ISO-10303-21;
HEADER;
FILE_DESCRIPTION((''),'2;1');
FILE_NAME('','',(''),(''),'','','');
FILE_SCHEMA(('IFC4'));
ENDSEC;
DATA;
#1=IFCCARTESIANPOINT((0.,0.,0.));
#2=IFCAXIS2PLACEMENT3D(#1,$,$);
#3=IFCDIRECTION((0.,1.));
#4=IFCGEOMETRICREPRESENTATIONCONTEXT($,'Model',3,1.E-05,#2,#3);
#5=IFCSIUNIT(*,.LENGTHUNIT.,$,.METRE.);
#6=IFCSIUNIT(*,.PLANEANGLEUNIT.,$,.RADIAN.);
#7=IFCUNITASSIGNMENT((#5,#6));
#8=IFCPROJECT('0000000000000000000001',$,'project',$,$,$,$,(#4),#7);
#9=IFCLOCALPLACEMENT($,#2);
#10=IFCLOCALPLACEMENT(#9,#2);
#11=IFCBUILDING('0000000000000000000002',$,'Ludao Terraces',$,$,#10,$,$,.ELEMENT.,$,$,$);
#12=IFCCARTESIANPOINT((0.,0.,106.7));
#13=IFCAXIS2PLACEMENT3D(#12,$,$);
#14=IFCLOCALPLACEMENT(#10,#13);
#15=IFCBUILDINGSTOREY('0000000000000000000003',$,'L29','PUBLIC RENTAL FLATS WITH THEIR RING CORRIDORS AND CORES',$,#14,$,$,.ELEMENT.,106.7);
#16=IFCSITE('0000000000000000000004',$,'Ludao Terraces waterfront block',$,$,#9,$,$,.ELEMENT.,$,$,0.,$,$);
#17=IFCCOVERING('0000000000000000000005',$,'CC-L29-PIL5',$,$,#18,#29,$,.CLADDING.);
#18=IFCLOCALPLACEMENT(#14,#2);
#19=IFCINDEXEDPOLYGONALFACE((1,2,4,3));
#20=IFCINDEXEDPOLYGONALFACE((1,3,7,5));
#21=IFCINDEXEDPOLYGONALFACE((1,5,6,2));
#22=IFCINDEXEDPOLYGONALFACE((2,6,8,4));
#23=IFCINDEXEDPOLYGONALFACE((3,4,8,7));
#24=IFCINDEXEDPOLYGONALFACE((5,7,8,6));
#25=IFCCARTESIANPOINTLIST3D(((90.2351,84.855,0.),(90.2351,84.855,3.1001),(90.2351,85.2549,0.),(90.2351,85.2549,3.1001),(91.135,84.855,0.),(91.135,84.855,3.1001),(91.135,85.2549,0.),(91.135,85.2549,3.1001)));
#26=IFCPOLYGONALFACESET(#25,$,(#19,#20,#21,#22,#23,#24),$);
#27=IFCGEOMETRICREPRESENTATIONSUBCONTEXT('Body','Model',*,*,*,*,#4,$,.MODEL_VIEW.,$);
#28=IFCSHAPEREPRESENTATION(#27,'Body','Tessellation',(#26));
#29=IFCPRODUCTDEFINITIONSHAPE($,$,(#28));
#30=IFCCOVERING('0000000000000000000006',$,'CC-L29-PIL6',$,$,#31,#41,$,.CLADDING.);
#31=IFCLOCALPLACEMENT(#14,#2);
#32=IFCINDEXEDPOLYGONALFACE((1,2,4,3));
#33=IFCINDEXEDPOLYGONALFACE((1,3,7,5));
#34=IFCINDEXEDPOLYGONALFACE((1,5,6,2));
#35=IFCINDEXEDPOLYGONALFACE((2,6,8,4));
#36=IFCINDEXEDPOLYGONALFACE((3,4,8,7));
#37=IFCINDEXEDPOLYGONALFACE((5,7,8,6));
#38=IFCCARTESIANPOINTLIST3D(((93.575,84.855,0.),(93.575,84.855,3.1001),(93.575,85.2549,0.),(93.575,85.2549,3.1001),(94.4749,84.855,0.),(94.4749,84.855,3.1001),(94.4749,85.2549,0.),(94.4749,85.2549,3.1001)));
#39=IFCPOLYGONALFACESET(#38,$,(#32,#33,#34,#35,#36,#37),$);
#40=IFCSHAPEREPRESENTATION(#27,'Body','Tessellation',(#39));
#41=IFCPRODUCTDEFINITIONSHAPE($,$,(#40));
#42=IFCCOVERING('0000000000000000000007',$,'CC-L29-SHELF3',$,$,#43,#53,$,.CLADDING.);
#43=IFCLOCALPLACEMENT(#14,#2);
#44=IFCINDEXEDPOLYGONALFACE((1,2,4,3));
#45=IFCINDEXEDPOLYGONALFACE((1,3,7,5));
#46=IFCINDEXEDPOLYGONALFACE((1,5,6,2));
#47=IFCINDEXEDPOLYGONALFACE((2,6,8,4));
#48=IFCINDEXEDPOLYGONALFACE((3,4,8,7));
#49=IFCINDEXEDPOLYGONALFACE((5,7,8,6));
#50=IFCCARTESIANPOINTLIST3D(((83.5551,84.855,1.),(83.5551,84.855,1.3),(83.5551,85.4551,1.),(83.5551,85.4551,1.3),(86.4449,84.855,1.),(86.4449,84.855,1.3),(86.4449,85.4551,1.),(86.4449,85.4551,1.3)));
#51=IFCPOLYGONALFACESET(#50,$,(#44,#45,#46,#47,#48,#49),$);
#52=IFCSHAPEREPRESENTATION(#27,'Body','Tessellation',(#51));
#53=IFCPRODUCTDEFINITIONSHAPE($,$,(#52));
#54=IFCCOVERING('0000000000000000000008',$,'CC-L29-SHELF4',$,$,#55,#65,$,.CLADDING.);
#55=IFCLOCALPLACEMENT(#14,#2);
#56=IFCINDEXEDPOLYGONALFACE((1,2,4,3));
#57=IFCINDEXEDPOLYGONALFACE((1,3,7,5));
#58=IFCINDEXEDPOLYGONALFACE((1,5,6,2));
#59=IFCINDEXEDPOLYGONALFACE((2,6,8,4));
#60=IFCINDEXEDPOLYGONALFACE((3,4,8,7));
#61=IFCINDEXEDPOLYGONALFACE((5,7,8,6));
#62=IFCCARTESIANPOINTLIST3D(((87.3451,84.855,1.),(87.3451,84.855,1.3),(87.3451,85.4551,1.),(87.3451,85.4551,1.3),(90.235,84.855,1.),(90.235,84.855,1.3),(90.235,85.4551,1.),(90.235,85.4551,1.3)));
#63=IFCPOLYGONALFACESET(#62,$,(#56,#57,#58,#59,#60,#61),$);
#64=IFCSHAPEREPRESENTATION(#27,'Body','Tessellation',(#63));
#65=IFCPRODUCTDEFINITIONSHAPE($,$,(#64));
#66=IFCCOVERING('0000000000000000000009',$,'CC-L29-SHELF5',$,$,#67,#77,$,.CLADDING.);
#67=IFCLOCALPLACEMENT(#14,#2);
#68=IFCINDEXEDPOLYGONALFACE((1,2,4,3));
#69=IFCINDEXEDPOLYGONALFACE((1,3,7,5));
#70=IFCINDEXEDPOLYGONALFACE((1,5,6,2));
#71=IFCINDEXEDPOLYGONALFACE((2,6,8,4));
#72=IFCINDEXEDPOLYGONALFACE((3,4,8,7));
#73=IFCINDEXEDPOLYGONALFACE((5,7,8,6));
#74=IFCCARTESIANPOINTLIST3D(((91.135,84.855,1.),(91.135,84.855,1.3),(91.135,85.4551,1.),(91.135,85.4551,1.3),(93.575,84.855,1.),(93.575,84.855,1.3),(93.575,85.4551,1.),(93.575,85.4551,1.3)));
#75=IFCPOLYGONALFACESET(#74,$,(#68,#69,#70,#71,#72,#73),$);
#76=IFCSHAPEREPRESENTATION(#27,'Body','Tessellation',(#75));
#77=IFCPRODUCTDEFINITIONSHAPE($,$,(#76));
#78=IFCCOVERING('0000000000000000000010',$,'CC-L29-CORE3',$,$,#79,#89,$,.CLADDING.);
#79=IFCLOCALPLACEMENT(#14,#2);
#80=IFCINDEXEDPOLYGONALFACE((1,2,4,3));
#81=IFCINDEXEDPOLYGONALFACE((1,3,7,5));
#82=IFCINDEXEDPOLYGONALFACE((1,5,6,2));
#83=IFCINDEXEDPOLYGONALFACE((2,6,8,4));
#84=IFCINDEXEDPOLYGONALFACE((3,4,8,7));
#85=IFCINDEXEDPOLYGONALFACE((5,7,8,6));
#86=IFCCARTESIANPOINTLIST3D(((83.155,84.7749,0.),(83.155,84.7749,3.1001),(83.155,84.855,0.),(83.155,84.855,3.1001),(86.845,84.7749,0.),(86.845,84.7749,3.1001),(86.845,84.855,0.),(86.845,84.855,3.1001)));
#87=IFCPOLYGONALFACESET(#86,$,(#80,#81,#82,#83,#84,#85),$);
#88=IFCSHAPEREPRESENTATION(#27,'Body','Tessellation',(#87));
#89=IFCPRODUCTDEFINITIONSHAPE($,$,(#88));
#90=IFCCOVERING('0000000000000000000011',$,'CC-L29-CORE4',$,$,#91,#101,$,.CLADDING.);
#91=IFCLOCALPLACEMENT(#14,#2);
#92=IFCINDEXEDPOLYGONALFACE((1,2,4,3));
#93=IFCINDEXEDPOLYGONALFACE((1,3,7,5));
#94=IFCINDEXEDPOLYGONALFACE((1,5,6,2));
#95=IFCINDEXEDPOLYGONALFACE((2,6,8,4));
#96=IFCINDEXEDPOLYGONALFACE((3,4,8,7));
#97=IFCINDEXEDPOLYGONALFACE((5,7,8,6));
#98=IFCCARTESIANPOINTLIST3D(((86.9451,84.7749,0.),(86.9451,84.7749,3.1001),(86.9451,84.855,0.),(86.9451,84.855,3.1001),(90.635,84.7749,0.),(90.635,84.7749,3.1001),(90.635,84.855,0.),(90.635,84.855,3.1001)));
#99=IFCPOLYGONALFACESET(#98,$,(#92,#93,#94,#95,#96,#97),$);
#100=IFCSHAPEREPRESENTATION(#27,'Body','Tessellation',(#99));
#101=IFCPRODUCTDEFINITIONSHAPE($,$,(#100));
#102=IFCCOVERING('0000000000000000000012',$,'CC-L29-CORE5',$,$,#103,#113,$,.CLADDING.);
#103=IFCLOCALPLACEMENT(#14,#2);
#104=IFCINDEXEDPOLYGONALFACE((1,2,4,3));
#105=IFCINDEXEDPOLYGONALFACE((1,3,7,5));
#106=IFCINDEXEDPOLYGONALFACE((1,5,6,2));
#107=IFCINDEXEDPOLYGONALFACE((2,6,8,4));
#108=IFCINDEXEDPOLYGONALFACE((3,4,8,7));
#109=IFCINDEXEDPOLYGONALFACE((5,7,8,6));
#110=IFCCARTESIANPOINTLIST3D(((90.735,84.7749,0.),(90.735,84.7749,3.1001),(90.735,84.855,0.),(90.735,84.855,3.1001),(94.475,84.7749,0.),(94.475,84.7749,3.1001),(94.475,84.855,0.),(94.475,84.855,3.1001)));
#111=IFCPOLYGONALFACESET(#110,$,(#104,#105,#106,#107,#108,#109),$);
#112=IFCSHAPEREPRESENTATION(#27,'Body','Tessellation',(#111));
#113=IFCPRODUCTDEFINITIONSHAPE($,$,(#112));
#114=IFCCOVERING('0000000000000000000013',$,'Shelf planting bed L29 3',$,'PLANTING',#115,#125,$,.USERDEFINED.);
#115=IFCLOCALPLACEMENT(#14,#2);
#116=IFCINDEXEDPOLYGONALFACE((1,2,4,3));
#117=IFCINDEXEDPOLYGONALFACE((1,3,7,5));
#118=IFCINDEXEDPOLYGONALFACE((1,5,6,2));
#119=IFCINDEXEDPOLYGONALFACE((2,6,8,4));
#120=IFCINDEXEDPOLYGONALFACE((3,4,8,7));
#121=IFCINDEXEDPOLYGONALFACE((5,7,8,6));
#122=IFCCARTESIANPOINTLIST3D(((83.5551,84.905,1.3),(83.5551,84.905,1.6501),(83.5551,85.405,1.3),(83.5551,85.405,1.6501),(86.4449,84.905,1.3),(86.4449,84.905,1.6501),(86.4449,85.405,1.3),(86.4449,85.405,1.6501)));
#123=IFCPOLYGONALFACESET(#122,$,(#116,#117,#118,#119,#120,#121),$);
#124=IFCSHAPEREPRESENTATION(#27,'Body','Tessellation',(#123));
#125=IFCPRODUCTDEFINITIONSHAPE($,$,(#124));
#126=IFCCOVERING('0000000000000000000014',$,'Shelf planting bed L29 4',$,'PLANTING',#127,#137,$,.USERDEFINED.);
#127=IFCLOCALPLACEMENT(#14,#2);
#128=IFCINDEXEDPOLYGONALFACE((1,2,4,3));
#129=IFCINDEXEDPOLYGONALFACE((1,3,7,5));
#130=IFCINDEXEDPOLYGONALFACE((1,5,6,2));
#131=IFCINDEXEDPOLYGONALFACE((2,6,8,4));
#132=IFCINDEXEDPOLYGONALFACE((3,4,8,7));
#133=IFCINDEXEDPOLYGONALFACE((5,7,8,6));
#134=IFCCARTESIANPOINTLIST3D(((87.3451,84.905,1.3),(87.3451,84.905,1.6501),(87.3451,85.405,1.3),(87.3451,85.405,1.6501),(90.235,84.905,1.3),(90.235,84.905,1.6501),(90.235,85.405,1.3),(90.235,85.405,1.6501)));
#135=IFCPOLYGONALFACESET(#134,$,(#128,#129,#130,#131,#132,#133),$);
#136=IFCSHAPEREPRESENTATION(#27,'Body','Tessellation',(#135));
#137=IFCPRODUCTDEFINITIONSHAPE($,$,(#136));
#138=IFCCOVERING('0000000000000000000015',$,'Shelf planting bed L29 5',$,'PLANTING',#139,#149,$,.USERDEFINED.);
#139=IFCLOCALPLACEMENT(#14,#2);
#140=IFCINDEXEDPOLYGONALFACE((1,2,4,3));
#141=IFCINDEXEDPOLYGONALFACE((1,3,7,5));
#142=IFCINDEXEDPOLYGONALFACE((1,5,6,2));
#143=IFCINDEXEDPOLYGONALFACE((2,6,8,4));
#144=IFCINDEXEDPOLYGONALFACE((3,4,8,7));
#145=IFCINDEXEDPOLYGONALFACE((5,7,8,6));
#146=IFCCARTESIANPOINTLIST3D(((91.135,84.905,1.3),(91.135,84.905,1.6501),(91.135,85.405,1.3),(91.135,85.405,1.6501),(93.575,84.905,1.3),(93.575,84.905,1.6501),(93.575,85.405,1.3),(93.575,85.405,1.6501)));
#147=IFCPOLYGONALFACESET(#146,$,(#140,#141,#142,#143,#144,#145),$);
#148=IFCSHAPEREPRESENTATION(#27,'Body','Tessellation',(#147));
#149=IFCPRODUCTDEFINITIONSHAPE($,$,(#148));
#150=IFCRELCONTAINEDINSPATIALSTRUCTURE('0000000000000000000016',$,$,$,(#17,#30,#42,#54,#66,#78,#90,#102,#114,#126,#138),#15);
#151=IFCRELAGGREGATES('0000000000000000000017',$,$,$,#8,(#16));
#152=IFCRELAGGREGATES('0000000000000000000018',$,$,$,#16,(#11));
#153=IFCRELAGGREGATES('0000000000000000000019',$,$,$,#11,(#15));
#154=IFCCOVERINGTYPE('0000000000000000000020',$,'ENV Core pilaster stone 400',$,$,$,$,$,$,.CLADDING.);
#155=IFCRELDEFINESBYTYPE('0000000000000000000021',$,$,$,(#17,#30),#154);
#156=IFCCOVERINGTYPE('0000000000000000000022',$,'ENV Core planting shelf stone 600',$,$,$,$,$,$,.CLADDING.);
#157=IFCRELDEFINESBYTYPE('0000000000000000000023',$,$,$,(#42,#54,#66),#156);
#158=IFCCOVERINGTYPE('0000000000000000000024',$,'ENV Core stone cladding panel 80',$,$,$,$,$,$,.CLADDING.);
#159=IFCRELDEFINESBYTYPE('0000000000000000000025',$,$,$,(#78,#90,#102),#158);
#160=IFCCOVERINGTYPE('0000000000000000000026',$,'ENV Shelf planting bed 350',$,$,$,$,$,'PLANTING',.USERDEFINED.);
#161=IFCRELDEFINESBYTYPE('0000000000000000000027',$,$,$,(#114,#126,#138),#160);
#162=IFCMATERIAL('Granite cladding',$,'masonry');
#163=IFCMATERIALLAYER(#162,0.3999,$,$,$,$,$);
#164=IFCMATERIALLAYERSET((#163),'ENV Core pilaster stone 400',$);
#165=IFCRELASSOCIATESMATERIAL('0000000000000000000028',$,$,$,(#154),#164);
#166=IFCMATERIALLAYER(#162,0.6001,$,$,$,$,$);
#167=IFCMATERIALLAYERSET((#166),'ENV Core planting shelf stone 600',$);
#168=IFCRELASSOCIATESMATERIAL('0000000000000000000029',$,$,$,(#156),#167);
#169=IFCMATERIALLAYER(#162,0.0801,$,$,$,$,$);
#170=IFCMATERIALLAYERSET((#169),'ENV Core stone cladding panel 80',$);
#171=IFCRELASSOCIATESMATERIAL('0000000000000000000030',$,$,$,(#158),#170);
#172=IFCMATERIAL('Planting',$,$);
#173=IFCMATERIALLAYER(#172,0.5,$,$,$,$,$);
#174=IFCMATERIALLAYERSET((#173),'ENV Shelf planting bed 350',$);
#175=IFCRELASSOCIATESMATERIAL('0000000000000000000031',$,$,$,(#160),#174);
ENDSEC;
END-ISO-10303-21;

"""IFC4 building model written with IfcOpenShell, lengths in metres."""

from ifc_helpers import new_model, si_unit, direction, frame, origin, origin_2d, place, context, subcontext, project, spatial, rectangle, extrude, material, layer, layer_set, type_object, element, save


model = new_model("IFC4")

# Units and contexts
model_context = context("Model", 3, precision=1e-05, world=origin(), true_north=direction((0.0, 1.0)))
body_context = subcontext(model_context, "Body", "Model", "MODEL_VIEW")
ifc_project = project(units=[si_unit("LENGTHUNIT", "METRE"), si_unit("PLANEANGLEUNIT", "RADIAN")], contexts=[model_context])

# Site, building, storey
site_placement = place(None, origin())
site = spatial("IfcSite", under=ifc_project, at=site_placement, Name="Ludao Terraces waterfront block", CompositionType="ELEMENT", RefElevation=0.0)
building_placement = place(site_placement, origin())
building = spatial("IfcBuilding", under=site, at=building_placement, Name="Ludao Terraces", CompositionType="ELEMENT")
storey_placement = place(building_placement, frame((0.0, 0.0, 106.7)))
storey = spatial("IfcBuildingStorey", under=building, at=storey_placement, Name="L29", Description="PUBLIC RENTAL FLATS WITH THEIR RING CORRIDORS AND CORES", CompositionType="ELEMENT", Elevation=106.7)

# Coverings
ifc_material_1 = material(Name="Granite cladding", Category="masonry")
ifc_layer_1 = layer(ifc_material_1, 0.3999)
ifc_layer_set_1 = layer_set([ifc_layer_1], Name="ENV Core pilaster stone 400")
covering_type_1 = type_object("IfcCoveringType", Name="ENV Core pilaster stone 400", PredefinedType="CLADDING", material=ifc_layer_set_1)
for number, where, z_axis, x_axis, name in (
    (1, (90.6851, 85.0549, 0.0), (0.0, 0.0, 1.0), (1.0, 0.0, 0.0), "CC-L29-PIL5"),
    (2, (94.0249, 85.0549, 0.0), (0.0, 0.0, 1.0), (1.0, 0.0, 0.0), "CC-L29-PIL6"),
):
    element("IfcCovering", number, at=place(storey_placement, frame(where, z_axis=z_axis, x_axis=x_axis)), inside=storey, type_object=covering_type_1, Name=name, PredefinedType="CLADDING", context=body_context, shape_type="SweptSolid", body=[
        extrude(rectangle(XDim=0.8999, YDim=0.3999, at=origin_2d()), origin(), (0.0, 0.0, 1.0), 3.1001),
    ])
ifc_layer_2 = layer(ifc_material_1, 0.6001)
ifc_layer_set_2 = layer_set([ifc_layer_2], Name="ENV Core planting shelf stone 600")
covering_type_2 = type_object("IfcCoveringType", Name="ENV Core planting shelf stone 600", PredefinedType="CLADDING", material=ifc_layer_set_2)
for number, where, z_axis, x_axis, name in (
    (3, (85.0, 85.155, 1.0), (0.0, 0.0, 1.0), (1.0, 0.0, 0.0), "CC-L29-SHELF3"),
    (4, (88.79, 85.155, 1.0), (0.0, 0.0, 1.0), (1.0, 0.0, 0.0), "CC-L29-SHELF4"),
):
    element("IfcCovering", number, at=place(storey_placement, frame(where, z_axis=z_axis, x_axis=x_axis)), inside=storey, type_object=covering_type_2, Name=name, PredefinedType="CLADDING", context=body_context, shape_type="SweptSolid", body=[
        extrude(rectangle(XDim=2.8899, YDim=0.6001, at=origin_2d()), origin(), (0.0, 0.0, 1.0), 0.3),
    ])
covering_1_placement = place(storey_placement, frame((92.355, 85.155, 1.0), z_axis=(0.0, 0.0, 1.0), x_axis=(1.0, 0.0, 0.0)))
element("IfcCovering", 5, at=covering_1_placement, inside=storey, type_object=covering_type_2, Name="CC-L29-SHELF5", PredefinedType="CLADDING", context=body_context, shape_type="SweptSolid", body=[
    extrude(rectangle(XDim=2.4399, YDim=0.6001, at=origin_2d()), origin(), (0.0, 0.0, 1.0), 0.3),
])
ifc_layer_3 = layer(ifc_material_1, 0.0801)
ifc_layer_set_3 = layer_set([ifc_layer_3], Name="ENV Core stone cladding panel 80")
covering_type_3 = type_object("IfcCoveringType", Name="ENV Core stone cladding panel 80", PredefinedType="CLADDING", material=ifc_layer_set_3)
for number, where, z_axis, x_axis, name in (
    (6, (85.0, 84.8149, 0.0), (0.0, 0.0, 1.0), (1.0, 0.0, 0.0), "CC-L29-CORE3"),
    (7, (88.79, 84.8149, 0.0), (0.0, 0.0, 1.0), (1.0, 0.0, 0.0), "CC-L29-CORE4"),
):
    element("IfcCovering", number, at=place(storey_placement, frame(where, z_axis=z_axis, x_axis=x_axis)), inside=storey, type_object=covering_type_3, Name=name, PredefinedType="CLADDING", context=body_context, shape_type="SweptSolid", body=[
        extrude(rectangle(XDim=3.6899, YDim=0.0801, at=origin_2d()), origin(), (0.0, 0.0, 1.0), 3.1001),
    ])
covering_2_placement = place(storey_placement, frame((92.605, 84.8149, 0.0), z_axis=(0.0, 0.0, 1.0), x_axis=(1.0, 0.0, 0.0)))
element("IfcCovering", 8, at=covering_2_placement, inside=storey, type_object=covering_type_3, Name="CC-L29-CORE5", PredefinedType="CLADDING", context=body_context, shape_type="SweptSolid", body=[
    extrude(rectangle(XDim=3.74, YDim=0.0801, at=origin_2d()), origin(), (0.0, 0.0, 1.0), 3.1001),
])
ifc_material_2 = material(Name="Planting")
ifc_layer_4 = layer(ifc_material_2, 0.5)
ifc_layer_set_4 = layer_set([ifc_layer_4], Name="ENV Shelf planting bed 350")
covering_type_4 = type_object("IfcCoveringType", Name="ENV Shelf planting bed 350", ElementType="PLANTING", PredefinedType="USERDEFINED", material=ifc_layer_set_4)
for number, where, z_axis, x_axis, name in (
    (9, (85.0, 85.155, 1.3), (0.0, 0.0, 1.0), (1.0, 0.0, 0.0), "Shelf planting bed L29 3"),
    (10, (88.79, 85.155, 1.3), (0.0, 0.0, 1.0), (1.0, 0.0, 0.0), "Shelf planting bed L29 4"),
):
    element("IfcCovering", number, at=place(storey_placement, frame(where, z_axis=z_axis, x_axis=x_axis)), inside=storey, type_object=covering_type_4, Name=name, ObjectType="PLANTING", PredefinedType="USERDEFINED", context=body_context, shape_type="SweptSolid", body=[
        extrude(rectangle(XDim=2.8899, YDim=0.5, at=origin_2d()), origin(), (0.0, 0.0, 1.0), 0.3501),
    ])
covering_3_placement = place(storey_placement, frame((92.355, 85.155, 1.3), z_axis=(0.0, 0.0, 1.0), x_axis=(1.0, 0.0, 0.0)))
element("IfcCovering", 11, at=covering_3_placement, inside=storey, type_object=covering_type_4, Name="Shelf planting bed L29 5", ObjectType="PLANTING", PredefinedType="USERDEFINED", context=body_context, shape_type="SweptSolid", body=[
    extrude(rectangle(XDim=2.4399, YDim=0.5, at=origin_2d()), origin(), (0.0, 0.0, 1.0), 0.3501),
])

save(model, "model.ifc")
